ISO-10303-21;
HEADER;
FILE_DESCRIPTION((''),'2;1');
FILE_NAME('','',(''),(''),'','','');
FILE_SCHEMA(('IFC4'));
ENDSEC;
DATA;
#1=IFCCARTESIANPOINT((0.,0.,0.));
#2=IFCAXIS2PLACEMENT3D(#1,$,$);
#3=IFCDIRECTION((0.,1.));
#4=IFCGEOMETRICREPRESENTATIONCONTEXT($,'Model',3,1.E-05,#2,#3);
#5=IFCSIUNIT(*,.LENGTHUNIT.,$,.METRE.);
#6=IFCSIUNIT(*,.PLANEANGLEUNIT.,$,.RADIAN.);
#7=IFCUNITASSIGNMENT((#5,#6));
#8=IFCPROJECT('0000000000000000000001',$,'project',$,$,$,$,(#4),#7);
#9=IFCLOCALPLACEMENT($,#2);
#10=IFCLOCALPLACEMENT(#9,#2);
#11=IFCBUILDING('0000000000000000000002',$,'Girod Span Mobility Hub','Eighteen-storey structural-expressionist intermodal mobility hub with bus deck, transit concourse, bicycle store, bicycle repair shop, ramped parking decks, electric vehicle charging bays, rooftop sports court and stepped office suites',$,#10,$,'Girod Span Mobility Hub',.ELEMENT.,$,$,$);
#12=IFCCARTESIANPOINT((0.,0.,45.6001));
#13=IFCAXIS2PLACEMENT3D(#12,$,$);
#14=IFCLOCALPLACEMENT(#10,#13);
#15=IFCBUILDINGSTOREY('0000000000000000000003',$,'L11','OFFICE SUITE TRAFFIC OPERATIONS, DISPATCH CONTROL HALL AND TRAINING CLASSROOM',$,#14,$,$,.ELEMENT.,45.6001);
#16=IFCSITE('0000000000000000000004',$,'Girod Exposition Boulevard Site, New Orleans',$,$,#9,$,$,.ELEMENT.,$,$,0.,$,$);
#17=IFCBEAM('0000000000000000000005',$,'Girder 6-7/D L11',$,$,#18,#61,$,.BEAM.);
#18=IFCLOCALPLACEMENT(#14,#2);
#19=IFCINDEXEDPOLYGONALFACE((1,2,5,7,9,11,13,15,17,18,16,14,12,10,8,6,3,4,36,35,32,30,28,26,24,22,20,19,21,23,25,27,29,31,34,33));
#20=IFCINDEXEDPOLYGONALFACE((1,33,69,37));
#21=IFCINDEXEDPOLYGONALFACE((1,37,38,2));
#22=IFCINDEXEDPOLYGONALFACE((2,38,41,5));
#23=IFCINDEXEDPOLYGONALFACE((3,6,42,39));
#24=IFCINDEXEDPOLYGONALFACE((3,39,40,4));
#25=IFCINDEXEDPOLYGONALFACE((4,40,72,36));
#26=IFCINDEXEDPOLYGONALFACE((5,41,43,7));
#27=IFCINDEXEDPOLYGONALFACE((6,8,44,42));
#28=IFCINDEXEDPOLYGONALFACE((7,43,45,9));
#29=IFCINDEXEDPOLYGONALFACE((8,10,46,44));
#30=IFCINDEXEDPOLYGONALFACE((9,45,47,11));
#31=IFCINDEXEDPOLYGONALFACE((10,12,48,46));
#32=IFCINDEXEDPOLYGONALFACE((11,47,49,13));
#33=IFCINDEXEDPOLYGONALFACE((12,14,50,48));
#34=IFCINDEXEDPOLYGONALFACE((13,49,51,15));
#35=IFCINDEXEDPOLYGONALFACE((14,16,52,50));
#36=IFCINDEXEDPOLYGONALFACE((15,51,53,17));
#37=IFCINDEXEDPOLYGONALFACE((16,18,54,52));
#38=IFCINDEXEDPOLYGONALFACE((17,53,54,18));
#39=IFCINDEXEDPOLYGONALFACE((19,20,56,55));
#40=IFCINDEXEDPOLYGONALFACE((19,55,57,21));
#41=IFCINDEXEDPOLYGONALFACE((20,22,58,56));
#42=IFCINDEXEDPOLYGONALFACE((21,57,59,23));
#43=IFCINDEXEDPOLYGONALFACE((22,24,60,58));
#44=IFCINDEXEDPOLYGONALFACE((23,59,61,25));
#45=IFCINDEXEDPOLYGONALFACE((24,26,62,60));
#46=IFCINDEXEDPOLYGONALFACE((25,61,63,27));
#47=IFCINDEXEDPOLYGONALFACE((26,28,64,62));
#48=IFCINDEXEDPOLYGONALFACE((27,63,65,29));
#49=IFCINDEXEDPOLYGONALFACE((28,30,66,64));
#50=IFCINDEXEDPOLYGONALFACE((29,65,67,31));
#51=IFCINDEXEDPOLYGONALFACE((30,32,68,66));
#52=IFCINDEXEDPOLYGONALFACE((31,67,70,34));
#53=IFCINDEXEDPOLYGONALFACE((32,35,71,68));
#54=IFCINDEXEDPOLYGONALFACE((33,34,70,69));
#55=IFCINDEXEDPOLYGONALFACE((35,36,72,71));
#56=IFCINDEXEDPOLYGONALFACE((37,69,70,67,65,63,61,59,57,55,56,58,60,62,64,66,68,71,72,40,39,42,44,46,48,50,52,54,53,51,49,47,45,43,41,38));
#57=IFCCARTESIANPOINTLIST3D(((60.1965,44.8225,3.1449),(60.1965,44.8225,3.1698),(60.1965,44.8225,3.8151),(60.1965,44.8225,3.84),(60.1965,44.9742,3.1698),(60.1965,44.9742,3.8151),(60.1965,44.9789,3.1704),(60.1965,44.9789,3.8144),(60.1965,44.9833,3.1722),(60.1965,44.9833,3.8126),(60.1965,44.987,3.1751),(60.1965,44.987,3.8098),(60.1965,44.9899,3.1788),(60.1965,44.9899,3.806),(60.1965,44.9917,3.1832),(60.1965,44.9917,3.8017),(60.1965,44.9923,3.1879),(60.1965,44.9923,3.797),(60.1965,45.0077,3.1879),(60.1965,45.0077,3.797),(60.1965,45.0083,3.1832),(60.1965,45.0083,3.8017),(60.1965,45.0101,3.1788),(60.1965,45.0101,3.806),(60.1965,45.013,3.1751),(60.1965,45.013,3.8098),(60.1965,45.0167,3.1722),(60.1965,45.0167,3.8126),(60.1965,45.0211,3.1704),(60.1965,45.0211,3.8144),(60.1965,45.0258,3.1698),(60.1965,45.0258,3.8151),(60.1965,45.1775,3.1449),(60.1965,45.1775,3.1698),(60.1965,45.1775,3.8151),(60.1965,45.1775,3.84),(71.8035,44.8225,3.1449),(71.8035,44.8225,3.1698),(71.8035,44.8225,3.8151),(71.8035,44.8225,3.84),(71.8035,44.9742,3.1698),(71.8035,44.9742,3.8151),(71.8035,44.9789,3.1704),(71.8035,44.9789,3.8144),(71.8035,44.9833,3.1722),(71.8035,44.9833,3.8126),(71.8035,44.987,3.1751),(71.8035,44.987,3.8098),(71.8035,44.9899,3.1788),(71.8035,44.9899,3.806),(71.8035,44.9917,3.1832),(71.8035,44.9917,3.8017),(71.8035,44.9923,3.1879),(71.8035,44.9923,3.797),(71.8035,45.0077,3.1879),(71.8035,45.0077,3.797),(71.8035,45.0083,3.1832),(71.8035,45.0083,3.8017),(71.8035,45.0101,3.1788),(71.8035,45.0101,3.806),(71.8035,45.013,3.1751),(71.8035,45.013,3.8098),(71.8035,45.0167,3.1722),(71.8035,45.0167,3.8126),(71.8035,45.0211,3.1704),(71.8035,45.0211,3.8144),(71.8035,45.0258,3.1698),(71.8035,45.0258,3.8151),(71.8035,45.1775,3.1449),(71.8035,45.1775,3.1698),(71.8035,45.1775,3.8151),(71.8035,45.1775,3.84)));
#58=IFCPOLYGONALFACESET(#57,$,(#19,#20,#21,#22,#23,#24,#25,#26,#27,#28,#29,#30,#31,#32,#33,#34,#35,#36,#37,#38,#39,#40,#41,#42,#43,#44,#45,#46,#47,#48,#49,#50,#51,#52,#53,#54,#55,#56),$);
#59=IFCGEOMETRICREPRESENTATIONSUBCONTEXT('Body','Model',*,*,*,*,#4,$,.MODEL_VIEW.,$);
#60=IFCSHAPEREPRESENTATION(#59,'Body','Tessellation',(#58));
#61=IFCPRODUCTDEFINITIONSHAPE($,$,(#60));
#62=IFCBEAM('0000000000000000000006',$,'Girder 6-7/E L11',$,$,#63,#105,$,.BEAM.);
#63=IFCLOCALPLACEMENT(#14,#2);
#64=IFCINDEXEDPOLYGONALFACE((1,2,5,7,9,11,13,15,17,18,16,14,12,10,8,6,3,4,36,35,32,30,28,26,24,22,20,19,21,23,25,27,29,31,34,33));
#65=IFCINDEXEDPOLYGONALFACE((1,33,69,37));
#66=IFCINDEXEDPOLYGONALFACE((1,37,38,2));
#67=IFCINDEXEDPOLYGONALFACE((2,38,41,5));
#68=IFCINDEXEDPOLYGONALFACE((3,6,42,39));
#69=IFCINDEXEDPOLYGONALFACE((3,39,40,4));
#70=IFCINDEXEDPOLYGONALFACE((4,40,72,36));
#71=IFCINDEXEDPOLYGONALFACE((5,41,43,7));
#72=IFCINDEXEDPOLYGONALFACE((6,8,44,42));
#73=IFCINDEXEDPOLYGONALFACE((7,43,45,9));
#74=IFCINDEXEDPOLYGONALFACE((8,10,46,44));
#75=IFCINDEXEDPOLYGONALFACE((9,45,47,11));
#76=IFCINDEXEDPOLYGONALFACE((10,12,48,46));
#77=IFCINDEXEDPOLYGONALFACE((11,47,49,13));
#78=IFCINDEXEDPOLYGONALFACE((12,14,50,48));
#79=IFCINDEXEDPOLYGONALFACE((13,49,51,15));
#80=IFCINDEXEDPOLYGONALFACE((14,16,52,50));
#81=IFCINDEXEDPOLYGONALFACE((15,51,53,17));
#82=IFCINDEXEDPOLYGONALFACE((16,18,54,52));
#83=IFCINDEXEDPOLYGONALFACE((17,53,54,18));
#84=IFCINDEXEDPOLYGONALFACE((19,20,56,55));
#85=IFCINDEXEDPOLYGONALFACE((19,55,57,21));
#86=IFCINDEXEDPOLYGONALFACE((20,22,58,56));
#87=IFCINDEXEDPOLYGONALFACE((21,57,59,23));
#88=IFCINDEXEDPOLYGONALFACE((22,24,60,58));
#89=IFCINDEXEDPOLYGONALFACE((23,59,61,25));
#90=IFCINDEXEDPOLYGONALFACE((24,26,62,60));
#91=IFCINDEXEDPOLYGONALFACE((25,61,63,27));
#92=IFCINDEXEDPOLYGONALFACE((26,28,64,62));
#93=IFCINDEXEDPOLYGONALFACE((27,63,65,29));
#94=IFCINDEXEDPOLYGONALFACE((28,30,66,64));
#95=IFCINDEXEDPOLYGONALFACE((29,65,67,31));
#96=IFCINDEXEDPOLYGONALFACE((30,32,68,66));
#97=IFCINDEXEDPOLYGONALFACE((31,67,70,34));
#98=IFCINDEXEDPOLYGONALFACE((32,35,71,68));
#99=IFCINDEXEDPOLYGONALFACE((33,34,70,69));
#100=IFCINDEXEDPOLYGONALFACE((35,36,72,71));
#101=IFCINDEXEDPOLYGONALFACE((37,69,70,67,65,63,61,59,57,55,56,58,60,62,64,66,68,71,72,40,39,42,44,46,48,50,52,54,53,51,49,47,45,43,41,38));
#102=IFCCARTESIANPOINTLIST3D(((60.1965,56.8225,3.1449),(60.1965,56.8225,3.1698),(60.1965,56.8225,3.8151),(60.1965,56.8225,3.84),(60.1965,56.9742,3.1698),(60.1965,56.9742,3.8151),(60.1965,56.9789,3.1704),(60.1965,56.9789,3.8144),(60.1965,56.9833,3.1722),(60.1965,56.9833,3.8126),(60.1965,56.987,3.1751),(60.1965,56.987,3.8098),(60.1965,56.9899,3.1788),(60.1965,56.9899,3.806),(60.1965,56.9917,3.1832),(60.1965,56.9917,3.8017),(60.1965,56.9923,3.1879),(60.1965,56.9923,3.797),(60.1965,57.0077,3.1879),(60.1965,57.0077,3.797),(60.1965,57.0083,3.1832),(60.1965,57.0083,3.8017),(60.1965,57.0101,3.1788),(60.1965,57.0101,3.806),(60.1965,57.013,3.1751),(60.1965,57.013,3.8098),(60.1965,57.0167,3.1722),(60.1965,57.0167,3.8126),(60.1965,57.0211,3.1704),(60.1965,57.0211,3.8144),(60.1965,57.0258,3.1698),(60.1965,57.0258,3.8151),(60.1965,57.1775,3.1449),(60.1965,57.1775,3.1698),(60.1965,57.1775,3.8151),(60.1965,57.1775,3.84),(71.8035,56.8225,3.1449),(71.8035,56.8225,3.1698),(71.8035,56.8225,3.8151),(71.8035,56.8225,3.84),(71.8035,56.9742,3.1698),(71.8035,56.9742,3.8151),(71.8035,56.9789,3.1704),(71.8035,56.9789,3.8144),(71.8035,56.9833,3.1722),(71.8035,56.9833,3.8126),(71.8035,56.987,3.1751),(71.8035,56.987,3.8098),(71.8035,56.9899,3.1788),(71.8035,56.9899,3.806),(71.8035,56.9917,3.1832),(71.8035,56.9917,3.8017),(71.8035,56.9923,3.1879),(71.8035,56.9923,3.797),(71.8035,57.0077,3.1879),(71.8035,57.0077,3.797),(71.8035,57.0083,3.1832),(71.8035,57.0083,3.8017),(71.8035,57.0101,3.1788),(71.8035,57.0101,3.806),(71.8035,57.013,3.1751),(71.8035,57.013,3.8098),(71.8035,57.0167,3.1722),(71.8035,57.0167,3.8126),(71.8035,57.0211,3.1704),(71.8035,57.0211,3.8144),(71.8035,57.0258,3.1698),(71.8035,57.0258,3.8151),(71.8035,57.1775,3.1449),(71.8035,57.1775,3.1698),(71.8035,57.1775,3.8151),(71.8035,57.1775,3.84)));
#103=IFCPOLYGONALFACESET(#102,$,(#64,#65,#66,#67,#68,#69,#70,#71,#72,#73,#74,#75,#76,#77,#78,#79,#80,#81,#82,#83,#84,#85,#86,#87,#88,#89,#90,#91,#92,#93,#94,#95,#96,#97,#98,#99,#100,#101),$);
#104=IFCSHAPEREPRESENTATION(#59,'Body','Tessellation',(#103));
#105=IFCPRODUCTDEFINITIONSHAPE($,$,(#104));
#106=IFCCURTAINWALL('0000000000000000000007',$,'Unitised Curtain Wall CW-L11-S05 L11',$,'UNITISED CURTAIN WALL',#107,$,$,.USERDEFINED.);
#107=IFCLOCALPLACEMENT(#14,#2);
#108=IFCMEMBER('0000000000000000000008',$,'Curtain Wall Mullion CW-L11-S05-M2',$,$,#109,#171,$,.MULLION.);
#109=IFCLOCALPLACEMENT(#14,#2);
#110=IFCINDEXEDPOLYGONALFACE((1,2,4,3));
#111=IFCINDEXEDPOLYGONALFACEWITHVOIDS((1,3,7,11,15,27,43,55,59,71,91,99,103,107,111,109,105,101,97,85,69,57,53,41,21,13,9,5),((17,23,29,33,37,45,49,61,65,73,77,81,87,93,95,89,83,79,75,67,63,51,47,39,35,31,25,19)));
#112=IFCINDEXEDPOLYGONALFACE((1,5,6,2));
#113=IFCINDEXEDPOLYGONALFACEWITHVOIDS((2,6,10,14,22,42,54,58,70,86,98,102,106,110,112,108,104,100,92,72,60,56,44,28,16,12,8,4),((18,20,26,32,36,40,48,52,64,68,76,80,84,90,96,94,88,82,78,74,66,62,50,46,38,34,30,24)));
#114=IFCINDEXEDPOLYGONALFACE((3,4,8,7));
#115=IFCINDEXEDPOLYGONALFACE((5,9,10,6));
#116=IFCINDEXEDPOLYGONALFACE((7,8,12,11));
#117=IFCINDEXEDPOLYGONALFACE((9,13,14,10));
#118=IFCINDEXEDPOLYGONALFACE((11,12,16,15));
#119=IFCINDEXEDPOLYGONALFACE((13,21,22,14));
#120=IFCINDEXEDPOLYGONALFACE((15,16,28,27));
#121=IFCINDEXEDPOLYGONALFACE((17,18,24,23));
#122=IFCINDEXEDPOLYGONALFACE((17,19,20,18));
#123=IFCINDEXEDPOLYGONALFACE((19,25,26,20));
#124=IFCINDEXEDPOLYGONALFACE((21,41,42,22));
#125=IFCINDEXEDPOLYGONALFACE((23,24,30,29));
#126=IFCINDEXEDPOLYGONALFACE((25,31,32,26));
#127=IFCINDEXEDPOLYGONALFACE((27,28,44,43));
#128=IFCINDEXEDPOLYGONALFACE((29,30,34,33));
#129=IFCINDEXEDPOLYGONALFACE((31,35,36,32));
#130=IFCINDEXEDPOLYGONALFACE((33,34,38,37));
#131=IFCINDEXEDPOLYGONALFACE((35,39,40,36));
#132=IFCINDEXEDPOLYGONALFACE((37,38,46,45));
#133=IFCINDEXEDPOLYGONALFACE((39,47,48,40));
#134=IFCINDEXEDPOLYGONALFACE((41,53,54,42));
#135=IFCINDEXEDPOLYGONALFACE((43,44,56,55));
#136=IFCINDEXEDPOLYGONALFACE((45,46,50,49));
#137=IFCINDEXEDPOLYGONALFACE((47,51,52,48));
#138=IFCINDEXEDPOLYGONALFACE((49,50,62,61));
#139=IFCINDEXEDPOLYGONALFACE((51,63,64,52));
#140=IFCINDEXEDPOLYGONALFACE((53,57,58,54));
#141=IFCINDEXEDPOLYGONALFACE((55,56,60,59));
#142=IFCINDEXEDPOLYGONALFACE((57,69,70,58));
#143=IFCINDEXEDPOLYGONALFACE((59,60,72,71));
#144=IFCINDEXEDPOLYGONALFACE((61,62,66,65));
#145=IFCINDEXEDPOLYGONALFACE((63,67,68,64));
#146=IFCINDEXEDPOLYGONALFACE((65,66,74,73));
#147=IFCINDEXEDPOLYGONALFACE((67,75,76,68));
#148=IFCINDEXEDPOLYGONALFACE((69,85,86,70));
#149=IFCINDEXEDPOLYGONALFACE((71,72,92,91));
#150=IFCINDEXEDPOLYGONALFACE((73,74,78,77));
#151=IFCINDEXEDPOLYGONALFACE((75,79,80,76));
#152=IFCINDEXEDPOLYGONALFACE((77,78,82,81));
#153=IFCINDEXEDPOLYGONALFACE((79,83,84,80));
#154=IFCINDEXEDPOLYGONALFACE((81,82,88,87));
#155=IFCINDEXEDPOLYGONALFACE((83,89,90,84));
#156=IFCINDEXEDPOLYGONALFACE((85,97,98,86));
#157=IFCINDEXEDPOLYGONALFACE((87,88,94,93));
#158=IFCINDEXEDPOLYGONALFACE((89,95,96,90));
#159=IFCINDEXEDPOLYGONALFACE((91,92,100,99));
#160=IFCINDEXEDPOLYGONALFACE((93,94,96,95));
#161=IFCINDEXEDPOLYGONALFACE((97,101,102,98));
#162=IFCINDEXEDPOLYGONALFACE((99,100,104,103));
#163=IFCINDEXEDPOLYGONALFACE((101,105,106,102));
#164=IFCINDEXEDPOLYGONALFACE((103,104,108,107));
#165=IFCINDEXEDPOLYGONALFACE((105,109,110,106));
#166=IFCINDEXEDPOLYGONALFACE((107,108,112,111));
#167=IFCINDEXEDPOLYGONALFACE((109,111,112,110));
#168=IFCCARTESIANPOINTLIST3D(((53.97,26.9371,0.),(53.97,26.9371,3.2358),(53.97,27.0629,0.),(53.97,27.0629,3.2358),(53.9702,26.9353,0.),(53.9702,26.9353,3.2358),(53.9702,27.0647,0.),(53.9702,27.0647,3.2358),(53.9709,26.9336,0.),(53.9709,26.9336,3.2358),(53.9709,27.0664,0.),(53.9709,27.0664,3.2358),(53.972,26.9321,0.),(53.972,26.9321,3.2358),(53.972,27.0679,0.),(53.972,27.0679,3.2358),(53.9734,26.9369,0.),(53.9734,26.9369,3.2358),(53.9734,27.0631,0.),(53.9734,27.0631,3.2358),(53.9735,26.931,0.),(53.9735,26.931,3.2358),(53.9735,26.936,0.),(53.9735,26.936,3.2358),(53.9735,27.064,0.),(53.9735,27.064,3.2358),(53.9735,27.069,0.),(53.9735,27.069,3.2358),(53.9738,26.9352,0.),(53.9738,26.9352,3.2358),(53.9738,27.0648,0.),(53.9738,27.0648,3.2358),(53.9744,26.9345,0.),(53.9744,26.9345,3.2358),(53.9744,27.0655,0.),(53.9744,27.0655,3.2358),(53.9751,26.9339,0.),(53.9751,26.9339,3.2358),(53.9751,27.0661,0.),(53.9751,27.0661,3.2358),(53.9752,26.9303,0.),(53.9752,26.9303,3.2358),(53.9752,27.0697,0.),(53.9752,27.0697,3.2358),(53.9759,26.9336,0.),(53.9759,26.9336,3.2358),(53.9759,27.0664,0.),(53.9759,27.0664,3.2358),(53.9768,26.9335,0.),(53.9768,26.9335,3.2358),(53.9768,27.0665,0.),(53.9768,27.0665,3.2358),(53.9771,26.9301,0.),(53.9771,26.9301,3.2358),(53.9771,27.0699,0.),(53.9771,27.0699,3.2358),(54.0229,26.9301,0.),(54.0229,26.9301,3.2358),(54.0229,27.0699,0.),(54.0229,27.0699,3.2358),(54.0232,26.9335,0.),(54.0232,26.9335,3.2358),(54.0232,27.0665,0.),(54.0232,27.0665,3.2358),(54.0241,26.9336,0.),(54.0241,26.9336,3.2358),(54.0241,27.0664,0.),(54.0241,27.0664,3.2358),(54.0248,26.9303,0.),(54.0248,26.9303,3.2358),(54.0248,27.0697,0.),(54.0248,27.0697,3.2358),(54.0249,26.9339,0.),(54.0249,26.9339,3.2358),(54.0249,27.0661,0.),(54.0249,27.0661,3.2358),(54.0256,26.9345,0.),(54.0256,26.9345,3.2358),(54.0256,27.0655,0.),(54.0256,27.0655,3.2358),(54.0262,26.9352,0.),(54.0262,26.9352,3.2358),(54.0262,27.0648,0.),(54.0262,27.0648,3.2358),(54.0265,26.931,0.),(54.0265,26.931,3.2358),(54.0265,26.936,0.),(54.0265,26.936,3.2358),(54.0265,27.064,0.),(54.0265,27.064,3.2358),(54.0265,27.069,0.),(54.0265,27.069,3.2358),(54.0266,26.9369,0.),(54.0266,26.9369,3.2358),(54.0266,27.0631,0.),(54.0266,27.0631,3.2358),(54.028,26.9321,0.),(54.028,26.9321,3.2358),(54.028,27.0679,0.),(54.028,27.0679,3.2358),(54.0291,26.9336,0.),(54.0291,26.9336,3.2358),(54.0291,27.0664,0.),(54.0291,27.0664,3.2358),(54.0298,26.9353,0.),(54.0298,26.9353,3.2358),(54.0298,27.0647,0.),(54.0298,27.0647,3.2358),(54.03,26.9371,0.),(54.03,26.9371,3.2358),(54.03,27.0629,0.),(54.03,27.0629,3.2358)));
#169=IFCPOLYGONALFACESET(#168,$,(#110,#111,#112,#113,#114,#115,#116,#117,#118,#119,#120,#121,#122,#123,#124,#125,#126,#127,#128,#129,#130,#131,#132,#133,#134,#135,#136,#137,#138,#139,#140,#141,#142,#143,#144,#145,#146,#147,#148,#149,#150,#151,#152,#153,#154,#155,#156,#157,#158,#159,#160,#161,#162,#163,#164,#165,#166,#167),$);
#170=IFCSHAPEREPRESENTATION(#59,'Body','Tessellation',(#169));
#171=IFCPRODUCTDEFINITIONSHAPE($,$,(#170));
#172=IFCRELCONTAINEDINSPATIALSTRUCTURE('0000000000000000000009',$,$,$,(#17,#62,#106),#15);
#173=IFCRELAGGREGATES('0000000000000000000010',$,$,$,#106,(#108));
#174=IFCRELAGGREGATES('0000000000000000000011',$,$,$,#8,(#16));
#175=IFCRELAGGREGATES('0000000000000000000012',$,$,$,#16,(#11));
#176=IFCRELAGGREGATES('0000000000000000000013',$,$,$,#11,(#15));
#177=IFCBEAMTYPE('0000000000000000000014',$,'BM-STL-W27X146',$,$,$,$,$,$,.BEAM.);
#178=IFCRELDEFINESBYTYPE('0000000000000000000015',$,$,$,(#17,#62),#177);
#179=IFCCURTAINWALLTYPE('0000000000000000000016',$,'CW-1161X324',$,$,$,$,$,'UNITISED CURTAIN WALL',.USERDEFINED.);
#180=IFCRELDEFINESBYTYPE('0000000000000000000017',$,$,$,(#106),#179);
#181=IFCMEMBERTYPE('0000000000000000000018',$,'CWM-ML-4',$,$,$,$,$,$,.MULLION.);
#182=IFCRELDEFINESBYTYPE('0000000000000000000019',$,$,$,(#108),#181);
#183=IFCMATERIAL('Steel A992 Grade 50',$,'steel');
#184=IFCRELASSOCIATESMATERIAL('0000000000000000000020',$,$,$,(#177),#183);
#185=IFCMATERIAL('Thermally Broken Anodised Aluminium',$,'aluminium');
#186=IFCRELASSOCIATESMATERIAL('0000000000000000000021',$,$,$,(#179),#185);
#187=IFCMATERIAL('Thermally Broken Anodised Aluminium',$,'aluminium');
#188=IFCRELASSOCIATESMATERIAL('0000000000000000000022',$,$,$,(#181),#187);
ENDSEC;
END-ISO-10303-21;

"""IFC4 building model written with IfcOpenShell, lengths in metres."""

from ifc_helpers import new_model, si_unit, direction, frame, origin, origin_2d, place, context, subcontext, project, spatial, hollow_rectangle, i_section, extrude, material, material_profile, profile_set, type_object, element, aggregate, save


model = new_model("IFC4")

# Units and contexts
model_context = context("Model", 3, precision=1e-05, world=origin(), true_north=direction((0.0, 1.0)))
body_context = subcontext(model_context, "Body", "Model", "MODEL_VIEW")
ifc_project = project(units=[si_unit("LENGTHUNIT", "METRE"), si_unit("PLANEANGLEUNIT", "RADIAN")], contexts=[model_context])

# Site, building, storey
site_placement = place(None, origin())
site = spatial("IfcSite", under=ifc_project, at=site_placement, Name="Girod Exposition Boulevard Site, New Orleans", CompositionType="ELEMENT", RefElevation=0.0)
building_placement = place(site_placement, origin())
building = spatial("IfcBuilding", under=site, at=building_placement, Name="Girod Span Mobility Hub", Description="Eighteen-storey structural-expressionist intermodal mobility hub with bus deck, transit concourse, bicycle store, bicycle repair shop, ramped parking decks, electric vehicle charging bays, rooftop sports court and stepped office suites", LongName="Girod Span Mobility Hub", CompositionType="ELEMENT")
storey_placement = place(building_placement, frame((0.0, 0.0, 45.6001)))
storey = spatial("IfcBuildingStorey", under=building, at=storey_placement, Name="L11", Description="OFFICE SUITE TRAFFIC OPERATIONS, DISPATCH CONTROL HALL AND TRAINING CLASSROOM", CompositionType="ELEMENT", Elevation=45.6001)

# Beams
ifc_material_1 = material(Name="Steel A992 Grade 50", Category="steel")
ifc_material_profile_1 = material_profile(ifc_material_1, i_section(OverallWidth=0.355, OverallDepth=0.6951, WebThickness=0.0154, FlangeThickness=0.0249, FilletRadius=0.0181, at=origin_2d()), Name="W27X146")
ifc_profile_set_1 = profile_set([ifc_material_profile_1], Name="Steel A992 Grade 50")
beam_type_1 = type_object("IfcBeamType", Name="BM-STL-W27X146", PredefinedType="BEAM", material=ifc_profile_set_1)
for number, where, z_axis, x_axis, name in (
    (1, (60.1965, 45.0, 3.4924), (1.0, 0.0, 0.0), (0.0, 1.0, 0.0), "Girder 6-7/D L11"),
    (2, (60.1965, 57.0, 3.4924), (1.0, 0.0, 0.0), (0.0, 1.0, 0.0), "Girder 6-7/E L11"),
):
    element("IfcBeam", number, at=place(storey_placement, frame(where, z_axis=z_axis, x_axis=x_axis)), inside=storey, type_object=beam_type_1, Name=name, PredefinedType="BEAM", context=body_context, shape_type="SweptSolid", body=[
        extrude(i_section(OverallWidth=0.355, OverallDepth=0.6951, WebThickness=0.0154, FlangeThickness=0.0249, FilletRadius=0.0181, at=origin_2d()), origin(), (0.0, 0.0, 1.0), 11.6069),
    ])

# Curtain wall, member
ifc_material_2 = material(Name="Thermally Broken Anodised Aluminium", Category="aluminium")
curtain_wall_type = type_object("IfcCurtainWallType", Name="CW-1161X324", ElementType="UNITISED CURTAIN WALL", PredefinedType="USERDEFINED", material=ifc_material_2)
curtain_wall_1_placement = place(storey_placement, origin())
curtain_wall_1 = element("IfcCurtainWall", 3, at=curtain_wall_1_placement, inside=storey, type_object=curtain_wall_type, Name="Unitised Curtain Wall CW-L11-S05 L11", ObjectType="UNITISED CURTAIN WALL", PredefinedType="USERDEFINED")
ifc_material_3 = material(Name="Thermally Broken Anodised Aluminium", Category="aluminium")
ifc_material_profile_2 = material_profile(ifc_material_3, hollow_rectangle(XDim=0.1399, YDim=0.0601, WallThickness=0.0034, InnerFilletRadius=0.0034, OuterFilletRadius=0.0071, at=origin_2d()), Name="CW-ML-60X140")
ifc_profile_set_2 = profile_set([ifc_material_profile_2], Name="Thermally Broken Anodised Aluminium")
member_type_1 = type_object("IfcMemberType", Name="CWM-ML-4", PredefinedType="MULLION", material=ifc_profile_set_2)
member_1_placement = place(storey_placement, frame((54.0, 27.0, 0.0), z_axis=(0.0, 0.0, 1.0), x_axis=(0.0, 1.0, 0.0)))
member_1 = element("IfcMember", 4, at=member_1_placement, type_object=member_type_1, Name="Curtain Wall Mullion CW-L11-S05-M2", PredefinedType="MULLION", context=body_context, shape_type="SweptSolid", body=[
    extrude(hollow_rectangle(XDim=0.1399, YDim=0.0601, WallThickness=0.0034, InnerFilletRadius=0.0034, OuterFilletRadius=0.0071, at=origin_2d()), origin(), (0.0, 0.0, 1.0), 3.2358),
])

aggregate(curtain_wall_1, [member_1])

save(model, "model.ifc")
